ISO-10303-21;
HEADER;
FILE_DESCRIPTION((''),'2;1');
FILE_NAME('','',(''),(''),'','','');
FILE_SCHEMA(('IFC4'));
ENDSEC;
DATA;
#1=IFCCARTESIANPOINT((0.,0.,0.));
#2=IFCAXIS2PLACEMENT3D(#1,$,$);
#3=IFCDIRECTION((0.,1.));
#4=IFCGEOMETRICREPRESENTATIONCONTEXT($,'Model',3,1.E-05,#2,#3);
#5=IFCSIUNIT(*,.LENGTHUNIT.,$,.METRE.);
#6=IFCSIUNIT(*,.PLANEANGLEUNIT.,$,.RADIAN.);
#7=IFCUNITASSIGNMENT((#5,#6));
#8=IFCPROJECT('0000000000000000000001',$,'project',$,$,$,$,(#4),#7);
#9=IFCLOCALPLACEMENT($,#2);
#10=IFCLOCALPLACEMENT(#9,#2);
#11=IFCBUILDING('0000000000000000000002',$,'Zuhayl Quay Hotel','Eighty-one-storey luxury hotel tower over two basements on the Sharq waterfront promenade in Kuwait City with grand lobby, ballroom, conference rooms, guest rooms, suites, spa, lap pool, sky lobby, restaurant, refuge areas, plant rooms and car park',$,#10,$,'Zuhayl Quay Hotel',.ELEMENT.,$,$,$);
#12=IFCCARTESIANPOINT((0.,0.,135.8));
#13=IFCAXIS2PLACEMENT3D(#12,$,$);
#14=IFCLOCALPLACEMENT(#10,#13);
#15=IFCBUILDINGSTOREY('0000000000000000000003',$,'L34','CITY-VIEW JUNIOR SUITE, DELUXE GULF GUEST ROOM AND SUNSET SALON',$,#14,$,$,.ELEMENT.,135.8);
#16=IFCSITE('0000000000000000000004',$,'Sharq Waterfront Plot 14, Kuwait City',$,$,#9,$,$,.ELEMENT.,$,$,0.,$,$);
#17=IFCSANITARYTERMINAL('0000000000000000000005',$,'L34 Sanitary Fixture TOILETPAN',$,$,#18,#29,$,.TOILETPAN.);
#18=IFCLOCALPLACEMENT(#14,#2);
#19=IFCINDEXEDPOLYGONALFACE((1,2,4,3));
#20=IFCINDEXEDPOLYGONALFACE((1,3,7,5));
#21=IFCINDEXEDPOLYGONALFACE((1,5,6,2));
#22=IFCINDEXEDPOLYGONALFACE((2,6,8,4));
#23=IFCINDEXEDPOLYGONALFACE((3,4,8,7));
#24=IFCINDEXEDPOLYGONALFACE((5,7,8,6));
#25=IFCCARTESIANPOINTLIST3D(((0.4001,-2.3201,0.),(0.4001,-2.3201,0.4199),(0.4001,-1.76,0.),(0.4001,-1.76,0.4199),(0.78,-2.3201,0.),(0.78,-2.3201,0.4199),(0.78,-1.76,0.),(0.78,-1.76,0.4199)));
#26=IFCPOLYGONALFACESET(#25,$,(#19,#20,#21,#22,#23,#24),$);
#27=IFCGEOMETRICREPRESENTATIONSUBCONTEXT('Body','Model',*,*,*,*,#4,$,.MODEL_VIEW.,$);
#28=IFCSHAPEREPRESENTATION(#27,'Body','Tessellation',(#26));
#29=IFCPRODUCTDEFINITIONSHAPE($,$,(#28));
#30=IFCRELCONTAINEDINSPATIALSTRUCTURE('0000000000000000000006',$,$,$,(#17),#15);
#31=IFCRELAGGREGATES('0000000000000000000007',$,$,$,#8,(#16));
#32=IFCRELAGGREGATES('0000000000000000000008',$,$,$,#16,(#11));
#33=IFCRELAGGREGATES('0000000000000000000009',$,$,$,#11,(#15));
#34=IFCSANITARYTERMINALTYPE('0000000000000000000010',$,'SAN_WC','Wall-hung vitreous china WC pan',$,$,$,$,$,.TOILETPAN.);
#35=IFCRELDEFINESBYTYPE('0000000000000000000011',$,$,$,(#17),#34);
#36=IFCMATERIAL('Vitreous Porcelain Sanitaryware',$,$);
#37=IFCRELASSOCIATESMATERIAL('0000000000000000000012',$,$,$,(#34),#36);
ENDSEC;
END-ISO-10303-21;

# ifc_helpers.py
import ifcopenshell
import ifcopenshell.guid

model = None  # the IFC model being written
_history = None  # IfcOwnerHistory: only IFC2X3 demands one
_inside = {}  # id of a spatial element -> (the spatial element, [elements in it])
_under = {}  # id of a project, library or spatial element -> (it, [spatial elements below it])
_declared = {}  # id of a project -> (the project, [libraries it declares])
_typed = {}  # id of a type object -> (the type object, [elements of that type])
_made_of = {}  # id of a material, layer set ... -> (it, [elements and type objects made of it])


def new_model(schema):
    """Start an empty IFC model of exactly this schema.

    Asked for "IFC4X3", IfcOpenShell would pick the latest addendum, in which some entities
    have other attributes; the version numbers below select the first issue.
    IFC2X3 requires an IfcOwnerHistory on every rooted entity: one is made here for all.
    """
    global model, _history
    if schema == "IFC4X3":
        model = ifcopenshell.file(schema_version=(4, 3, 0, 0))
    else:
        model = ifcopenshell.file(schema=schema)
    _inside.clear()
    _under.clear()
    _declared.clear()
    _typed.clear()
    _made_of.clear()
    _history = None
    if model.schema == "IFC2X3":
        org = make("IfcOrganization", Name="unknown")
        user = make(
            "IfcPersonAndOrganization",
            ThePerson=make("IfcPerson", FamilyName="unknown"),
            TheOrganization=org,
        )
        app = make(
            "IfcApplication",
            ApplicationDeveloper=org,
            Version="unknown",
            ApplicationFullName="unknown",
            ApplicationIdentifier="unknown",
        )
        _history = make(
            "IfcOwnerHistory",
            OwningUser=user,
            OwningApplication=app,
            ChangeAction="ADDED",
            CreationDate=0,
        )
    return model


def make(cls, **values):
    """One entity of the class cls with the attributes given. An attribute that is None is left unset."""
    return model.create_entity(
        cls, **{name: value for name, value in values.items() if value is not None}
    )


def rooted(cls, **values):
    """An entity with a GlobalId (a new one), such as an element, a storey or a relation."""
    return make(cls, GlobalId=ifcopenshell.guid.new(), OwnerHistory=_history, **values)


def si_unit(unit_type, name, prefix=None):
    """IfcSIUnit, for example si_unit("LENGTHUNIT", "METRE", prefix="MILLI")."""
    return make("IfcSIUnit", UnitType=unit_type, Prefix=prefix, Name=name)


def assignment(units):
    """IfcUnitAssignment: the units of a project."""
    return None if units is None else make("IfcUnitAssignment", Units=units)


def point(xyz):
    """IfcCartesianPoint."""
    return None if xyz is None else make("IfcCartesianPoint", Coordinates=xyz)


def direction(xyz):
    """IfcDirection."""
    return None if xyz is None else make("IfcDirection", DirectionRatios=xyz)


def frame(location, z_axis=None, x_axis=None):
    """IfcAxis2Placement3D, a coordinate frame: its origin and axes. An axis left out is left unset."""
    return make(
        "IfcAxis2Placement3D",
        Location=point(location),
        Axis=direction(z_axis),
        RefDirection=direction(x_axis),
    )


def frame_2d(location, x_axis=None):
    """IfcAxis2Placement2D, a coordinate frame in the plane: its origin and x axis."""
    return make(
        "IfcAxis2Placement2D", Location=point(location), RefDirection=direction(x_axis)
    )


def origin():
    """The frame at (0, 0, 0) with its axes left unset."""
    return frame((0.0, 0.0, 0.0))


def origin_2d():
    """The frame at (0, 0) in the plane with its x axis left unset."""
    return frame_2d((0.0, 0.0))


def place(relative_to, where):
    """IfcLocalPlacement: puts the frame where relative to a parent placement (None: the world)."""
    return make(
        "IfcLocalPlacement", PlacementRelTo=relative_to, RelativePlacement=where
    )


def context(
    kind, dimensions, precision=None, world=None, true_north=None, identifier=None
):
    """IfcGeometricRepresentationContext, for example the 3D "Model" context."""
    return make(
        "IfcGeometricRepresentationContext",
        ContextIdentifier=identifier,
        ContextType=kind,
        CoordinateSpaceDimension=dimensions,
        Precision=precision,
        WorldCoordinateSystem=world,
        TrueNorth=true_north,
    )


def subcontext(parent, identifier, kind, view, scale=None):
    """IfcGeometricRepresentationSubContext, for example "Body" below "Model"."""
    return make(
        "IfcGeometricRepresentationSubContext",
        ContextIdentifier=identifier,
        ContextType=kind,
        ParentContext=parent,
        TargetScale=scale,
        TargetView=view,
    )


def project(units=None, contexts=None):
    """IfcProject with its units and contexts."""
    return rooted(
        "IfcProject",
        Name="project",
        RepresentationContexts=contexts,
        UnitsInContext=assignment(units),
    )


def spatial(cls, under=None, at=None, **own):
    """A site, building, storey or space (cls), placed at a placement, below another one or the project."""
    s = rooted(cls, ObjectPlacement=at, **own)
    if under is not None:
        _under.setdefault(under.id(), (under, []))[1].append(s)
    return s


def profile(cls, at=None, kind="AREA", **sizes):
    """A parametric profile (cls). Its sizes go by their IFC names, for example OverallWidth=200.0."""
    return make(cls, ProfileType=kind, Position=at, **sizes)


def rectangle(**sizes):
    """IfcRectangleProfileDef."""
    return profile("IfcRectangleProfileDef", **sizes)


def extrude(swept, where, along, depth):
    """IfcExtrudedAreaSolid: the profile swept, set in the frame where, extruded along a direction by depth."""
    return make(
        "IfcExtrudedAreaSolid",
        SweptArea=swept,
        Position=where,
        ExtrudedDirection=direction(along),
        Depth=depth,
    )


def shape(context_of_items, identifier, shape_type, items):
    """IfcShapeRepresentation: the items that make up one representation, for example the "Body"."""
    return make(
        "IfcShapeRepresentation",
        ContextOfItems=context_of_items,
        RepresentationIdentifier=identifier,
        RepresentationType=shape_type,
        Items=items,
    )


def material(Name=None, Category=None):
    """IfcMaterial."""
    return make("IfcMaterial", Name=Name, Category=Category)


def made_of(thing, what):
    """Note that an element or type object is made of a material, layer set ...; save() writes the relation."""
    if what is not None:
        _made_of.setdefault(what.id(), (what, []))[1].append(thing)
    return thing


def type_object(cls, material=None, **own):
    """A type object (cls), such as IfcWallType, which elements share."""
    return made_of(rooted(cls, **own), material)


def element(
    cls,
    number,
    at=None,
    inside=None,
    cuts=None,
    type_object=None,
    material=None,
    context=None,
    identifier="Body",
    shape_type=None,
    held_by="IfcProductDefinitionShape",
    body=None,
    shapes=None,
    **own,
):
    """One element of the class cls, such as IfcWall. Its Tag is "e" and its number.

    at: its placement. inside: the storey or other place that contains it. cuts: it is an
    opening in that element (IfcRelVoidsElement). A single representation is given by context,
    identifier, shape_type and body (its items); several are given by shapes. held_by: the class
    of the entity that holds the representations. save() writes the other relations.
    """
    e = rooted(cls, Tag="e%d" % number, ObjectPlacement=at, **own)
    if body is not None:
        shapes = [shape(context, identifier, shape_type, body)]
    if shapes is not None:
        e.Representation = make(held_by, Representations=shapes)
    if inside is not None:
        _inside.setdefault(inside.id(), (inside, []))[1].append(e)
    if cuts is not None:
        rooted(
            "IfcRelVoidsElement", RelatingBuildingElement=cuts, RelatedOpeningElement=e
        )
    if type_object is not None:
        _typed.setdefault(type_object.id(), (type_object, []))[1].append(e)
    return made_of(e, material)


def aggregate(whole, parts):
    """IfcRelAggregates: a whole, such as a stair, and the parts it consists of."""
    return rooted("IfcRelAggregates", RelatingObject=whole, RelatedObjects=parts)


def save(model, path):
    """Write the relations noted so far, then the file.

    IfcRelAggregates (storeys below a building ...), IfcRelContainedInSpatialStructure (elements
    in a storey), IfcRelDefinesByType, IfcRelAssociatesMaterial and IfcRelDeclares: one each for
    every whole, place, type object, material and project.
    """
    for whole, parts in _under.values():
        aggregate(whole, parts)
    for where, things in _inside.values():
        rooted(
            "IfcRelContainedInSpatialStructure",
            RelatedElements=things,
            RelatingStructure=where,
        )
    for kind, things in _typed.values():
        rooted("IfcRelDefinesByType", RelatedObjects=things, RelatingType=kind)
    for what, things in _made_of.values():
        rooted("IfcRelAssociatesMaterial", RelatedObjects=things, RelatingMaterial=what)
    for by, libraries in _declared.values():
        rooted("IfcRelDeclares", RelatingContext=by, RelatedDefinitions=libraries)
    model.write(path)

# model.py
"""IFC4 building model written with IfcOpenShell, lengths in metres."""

from ifc_helpers import new_model, si_unit, direction, frame, origin, origin_2d, place, context, subcontext, project, spatial, rectangle, extrude, material, type_object, element, save


model = new_model("IFC4")

# Units and contexts
model_context = context("Model", 3, precision=1e-05, world=origin(), true_north=direction((0.0, 1.0)))
body_context = subcontext(model_context, "Body", "Model", "MODEL_VIEW")
ifc_project = project(units=[si_unit("LENGTHUNIT", "METRE"), si_unit("PLANEANGLEUNIT", "RADIAN")], contexts=[model_context])

# Site, building, storey
site_placement = place(None, origin())
site = spatial("IfcSite", under=ifc_project, at=site_placement, Name="Sharq Waterfront Plot 14, Kuwait City", CompositionType="ELEMENT", RefElevation=0.0)
building_placement = place(site_placement, origin())
building = spatial("IfcBuilding", under=site, at=building_placement, Name="Zuhayl Quay Hotel", Description="Eighty-one-storey luxury hotel tower over two basements on the Sharq waterfront promenade in Kuwait City with grand lobby, ballroom, conference rooms, guest rooms, suites, spa, lap pool, sky lobby, restaurant, refuge areas, plant rooms and car park", LongName="Zuhayl Quay Hotel", CompositionType="ELEMENT")
storey_placement = place(building_placement, frame((0.0, 0.0, 135.8)))
storey = spatial("IfcBuildingStorey", under=building, at=storey_placement, Name="L34", Description="CITY-VIEW JUNIOR SUITE, DELUXE GULF GUEST ROOM AND SUNSET SALON", CompositionType="ELEMENT", Elevation=135.8)

# Sanitary terminal
ifc_material_1 = material(Name="Vitreous Porcelain Sanitaryware")
sanitary_terminal_type_1 = type_object("IfcSanitaryTerminalType", Name="SAN_WC", Description="Wall-hung vitreous china WC pan", PredefinedType="TOILETPAN", material=ifc_material_1)
sanitary_terminal_1_placement = place(storey_placement, frame((0.5901, -2.04, 0.0), z_axis=(0.0, 0.0, 1.0), x_axis=(1.0, 0.0, 0.0)))
element("IfcSanitaryTerminal", 1, at=sanitary_terminal_1_placement, inside=storey, type_object=sanitary_terminal_type_1, Name="L34 Sanitary Fixture TOILETPAN", PredefinedType="TOILETPAN", context=body_context, shape_type="SweptSolid", body=[
    extrude(rectangle(XDim=0.3799, YDim=0.5601, at=origin_2d()), origin(), (0.0, 0.0, 1.0), 0.4199),
])

save(model, "model.ifc")
